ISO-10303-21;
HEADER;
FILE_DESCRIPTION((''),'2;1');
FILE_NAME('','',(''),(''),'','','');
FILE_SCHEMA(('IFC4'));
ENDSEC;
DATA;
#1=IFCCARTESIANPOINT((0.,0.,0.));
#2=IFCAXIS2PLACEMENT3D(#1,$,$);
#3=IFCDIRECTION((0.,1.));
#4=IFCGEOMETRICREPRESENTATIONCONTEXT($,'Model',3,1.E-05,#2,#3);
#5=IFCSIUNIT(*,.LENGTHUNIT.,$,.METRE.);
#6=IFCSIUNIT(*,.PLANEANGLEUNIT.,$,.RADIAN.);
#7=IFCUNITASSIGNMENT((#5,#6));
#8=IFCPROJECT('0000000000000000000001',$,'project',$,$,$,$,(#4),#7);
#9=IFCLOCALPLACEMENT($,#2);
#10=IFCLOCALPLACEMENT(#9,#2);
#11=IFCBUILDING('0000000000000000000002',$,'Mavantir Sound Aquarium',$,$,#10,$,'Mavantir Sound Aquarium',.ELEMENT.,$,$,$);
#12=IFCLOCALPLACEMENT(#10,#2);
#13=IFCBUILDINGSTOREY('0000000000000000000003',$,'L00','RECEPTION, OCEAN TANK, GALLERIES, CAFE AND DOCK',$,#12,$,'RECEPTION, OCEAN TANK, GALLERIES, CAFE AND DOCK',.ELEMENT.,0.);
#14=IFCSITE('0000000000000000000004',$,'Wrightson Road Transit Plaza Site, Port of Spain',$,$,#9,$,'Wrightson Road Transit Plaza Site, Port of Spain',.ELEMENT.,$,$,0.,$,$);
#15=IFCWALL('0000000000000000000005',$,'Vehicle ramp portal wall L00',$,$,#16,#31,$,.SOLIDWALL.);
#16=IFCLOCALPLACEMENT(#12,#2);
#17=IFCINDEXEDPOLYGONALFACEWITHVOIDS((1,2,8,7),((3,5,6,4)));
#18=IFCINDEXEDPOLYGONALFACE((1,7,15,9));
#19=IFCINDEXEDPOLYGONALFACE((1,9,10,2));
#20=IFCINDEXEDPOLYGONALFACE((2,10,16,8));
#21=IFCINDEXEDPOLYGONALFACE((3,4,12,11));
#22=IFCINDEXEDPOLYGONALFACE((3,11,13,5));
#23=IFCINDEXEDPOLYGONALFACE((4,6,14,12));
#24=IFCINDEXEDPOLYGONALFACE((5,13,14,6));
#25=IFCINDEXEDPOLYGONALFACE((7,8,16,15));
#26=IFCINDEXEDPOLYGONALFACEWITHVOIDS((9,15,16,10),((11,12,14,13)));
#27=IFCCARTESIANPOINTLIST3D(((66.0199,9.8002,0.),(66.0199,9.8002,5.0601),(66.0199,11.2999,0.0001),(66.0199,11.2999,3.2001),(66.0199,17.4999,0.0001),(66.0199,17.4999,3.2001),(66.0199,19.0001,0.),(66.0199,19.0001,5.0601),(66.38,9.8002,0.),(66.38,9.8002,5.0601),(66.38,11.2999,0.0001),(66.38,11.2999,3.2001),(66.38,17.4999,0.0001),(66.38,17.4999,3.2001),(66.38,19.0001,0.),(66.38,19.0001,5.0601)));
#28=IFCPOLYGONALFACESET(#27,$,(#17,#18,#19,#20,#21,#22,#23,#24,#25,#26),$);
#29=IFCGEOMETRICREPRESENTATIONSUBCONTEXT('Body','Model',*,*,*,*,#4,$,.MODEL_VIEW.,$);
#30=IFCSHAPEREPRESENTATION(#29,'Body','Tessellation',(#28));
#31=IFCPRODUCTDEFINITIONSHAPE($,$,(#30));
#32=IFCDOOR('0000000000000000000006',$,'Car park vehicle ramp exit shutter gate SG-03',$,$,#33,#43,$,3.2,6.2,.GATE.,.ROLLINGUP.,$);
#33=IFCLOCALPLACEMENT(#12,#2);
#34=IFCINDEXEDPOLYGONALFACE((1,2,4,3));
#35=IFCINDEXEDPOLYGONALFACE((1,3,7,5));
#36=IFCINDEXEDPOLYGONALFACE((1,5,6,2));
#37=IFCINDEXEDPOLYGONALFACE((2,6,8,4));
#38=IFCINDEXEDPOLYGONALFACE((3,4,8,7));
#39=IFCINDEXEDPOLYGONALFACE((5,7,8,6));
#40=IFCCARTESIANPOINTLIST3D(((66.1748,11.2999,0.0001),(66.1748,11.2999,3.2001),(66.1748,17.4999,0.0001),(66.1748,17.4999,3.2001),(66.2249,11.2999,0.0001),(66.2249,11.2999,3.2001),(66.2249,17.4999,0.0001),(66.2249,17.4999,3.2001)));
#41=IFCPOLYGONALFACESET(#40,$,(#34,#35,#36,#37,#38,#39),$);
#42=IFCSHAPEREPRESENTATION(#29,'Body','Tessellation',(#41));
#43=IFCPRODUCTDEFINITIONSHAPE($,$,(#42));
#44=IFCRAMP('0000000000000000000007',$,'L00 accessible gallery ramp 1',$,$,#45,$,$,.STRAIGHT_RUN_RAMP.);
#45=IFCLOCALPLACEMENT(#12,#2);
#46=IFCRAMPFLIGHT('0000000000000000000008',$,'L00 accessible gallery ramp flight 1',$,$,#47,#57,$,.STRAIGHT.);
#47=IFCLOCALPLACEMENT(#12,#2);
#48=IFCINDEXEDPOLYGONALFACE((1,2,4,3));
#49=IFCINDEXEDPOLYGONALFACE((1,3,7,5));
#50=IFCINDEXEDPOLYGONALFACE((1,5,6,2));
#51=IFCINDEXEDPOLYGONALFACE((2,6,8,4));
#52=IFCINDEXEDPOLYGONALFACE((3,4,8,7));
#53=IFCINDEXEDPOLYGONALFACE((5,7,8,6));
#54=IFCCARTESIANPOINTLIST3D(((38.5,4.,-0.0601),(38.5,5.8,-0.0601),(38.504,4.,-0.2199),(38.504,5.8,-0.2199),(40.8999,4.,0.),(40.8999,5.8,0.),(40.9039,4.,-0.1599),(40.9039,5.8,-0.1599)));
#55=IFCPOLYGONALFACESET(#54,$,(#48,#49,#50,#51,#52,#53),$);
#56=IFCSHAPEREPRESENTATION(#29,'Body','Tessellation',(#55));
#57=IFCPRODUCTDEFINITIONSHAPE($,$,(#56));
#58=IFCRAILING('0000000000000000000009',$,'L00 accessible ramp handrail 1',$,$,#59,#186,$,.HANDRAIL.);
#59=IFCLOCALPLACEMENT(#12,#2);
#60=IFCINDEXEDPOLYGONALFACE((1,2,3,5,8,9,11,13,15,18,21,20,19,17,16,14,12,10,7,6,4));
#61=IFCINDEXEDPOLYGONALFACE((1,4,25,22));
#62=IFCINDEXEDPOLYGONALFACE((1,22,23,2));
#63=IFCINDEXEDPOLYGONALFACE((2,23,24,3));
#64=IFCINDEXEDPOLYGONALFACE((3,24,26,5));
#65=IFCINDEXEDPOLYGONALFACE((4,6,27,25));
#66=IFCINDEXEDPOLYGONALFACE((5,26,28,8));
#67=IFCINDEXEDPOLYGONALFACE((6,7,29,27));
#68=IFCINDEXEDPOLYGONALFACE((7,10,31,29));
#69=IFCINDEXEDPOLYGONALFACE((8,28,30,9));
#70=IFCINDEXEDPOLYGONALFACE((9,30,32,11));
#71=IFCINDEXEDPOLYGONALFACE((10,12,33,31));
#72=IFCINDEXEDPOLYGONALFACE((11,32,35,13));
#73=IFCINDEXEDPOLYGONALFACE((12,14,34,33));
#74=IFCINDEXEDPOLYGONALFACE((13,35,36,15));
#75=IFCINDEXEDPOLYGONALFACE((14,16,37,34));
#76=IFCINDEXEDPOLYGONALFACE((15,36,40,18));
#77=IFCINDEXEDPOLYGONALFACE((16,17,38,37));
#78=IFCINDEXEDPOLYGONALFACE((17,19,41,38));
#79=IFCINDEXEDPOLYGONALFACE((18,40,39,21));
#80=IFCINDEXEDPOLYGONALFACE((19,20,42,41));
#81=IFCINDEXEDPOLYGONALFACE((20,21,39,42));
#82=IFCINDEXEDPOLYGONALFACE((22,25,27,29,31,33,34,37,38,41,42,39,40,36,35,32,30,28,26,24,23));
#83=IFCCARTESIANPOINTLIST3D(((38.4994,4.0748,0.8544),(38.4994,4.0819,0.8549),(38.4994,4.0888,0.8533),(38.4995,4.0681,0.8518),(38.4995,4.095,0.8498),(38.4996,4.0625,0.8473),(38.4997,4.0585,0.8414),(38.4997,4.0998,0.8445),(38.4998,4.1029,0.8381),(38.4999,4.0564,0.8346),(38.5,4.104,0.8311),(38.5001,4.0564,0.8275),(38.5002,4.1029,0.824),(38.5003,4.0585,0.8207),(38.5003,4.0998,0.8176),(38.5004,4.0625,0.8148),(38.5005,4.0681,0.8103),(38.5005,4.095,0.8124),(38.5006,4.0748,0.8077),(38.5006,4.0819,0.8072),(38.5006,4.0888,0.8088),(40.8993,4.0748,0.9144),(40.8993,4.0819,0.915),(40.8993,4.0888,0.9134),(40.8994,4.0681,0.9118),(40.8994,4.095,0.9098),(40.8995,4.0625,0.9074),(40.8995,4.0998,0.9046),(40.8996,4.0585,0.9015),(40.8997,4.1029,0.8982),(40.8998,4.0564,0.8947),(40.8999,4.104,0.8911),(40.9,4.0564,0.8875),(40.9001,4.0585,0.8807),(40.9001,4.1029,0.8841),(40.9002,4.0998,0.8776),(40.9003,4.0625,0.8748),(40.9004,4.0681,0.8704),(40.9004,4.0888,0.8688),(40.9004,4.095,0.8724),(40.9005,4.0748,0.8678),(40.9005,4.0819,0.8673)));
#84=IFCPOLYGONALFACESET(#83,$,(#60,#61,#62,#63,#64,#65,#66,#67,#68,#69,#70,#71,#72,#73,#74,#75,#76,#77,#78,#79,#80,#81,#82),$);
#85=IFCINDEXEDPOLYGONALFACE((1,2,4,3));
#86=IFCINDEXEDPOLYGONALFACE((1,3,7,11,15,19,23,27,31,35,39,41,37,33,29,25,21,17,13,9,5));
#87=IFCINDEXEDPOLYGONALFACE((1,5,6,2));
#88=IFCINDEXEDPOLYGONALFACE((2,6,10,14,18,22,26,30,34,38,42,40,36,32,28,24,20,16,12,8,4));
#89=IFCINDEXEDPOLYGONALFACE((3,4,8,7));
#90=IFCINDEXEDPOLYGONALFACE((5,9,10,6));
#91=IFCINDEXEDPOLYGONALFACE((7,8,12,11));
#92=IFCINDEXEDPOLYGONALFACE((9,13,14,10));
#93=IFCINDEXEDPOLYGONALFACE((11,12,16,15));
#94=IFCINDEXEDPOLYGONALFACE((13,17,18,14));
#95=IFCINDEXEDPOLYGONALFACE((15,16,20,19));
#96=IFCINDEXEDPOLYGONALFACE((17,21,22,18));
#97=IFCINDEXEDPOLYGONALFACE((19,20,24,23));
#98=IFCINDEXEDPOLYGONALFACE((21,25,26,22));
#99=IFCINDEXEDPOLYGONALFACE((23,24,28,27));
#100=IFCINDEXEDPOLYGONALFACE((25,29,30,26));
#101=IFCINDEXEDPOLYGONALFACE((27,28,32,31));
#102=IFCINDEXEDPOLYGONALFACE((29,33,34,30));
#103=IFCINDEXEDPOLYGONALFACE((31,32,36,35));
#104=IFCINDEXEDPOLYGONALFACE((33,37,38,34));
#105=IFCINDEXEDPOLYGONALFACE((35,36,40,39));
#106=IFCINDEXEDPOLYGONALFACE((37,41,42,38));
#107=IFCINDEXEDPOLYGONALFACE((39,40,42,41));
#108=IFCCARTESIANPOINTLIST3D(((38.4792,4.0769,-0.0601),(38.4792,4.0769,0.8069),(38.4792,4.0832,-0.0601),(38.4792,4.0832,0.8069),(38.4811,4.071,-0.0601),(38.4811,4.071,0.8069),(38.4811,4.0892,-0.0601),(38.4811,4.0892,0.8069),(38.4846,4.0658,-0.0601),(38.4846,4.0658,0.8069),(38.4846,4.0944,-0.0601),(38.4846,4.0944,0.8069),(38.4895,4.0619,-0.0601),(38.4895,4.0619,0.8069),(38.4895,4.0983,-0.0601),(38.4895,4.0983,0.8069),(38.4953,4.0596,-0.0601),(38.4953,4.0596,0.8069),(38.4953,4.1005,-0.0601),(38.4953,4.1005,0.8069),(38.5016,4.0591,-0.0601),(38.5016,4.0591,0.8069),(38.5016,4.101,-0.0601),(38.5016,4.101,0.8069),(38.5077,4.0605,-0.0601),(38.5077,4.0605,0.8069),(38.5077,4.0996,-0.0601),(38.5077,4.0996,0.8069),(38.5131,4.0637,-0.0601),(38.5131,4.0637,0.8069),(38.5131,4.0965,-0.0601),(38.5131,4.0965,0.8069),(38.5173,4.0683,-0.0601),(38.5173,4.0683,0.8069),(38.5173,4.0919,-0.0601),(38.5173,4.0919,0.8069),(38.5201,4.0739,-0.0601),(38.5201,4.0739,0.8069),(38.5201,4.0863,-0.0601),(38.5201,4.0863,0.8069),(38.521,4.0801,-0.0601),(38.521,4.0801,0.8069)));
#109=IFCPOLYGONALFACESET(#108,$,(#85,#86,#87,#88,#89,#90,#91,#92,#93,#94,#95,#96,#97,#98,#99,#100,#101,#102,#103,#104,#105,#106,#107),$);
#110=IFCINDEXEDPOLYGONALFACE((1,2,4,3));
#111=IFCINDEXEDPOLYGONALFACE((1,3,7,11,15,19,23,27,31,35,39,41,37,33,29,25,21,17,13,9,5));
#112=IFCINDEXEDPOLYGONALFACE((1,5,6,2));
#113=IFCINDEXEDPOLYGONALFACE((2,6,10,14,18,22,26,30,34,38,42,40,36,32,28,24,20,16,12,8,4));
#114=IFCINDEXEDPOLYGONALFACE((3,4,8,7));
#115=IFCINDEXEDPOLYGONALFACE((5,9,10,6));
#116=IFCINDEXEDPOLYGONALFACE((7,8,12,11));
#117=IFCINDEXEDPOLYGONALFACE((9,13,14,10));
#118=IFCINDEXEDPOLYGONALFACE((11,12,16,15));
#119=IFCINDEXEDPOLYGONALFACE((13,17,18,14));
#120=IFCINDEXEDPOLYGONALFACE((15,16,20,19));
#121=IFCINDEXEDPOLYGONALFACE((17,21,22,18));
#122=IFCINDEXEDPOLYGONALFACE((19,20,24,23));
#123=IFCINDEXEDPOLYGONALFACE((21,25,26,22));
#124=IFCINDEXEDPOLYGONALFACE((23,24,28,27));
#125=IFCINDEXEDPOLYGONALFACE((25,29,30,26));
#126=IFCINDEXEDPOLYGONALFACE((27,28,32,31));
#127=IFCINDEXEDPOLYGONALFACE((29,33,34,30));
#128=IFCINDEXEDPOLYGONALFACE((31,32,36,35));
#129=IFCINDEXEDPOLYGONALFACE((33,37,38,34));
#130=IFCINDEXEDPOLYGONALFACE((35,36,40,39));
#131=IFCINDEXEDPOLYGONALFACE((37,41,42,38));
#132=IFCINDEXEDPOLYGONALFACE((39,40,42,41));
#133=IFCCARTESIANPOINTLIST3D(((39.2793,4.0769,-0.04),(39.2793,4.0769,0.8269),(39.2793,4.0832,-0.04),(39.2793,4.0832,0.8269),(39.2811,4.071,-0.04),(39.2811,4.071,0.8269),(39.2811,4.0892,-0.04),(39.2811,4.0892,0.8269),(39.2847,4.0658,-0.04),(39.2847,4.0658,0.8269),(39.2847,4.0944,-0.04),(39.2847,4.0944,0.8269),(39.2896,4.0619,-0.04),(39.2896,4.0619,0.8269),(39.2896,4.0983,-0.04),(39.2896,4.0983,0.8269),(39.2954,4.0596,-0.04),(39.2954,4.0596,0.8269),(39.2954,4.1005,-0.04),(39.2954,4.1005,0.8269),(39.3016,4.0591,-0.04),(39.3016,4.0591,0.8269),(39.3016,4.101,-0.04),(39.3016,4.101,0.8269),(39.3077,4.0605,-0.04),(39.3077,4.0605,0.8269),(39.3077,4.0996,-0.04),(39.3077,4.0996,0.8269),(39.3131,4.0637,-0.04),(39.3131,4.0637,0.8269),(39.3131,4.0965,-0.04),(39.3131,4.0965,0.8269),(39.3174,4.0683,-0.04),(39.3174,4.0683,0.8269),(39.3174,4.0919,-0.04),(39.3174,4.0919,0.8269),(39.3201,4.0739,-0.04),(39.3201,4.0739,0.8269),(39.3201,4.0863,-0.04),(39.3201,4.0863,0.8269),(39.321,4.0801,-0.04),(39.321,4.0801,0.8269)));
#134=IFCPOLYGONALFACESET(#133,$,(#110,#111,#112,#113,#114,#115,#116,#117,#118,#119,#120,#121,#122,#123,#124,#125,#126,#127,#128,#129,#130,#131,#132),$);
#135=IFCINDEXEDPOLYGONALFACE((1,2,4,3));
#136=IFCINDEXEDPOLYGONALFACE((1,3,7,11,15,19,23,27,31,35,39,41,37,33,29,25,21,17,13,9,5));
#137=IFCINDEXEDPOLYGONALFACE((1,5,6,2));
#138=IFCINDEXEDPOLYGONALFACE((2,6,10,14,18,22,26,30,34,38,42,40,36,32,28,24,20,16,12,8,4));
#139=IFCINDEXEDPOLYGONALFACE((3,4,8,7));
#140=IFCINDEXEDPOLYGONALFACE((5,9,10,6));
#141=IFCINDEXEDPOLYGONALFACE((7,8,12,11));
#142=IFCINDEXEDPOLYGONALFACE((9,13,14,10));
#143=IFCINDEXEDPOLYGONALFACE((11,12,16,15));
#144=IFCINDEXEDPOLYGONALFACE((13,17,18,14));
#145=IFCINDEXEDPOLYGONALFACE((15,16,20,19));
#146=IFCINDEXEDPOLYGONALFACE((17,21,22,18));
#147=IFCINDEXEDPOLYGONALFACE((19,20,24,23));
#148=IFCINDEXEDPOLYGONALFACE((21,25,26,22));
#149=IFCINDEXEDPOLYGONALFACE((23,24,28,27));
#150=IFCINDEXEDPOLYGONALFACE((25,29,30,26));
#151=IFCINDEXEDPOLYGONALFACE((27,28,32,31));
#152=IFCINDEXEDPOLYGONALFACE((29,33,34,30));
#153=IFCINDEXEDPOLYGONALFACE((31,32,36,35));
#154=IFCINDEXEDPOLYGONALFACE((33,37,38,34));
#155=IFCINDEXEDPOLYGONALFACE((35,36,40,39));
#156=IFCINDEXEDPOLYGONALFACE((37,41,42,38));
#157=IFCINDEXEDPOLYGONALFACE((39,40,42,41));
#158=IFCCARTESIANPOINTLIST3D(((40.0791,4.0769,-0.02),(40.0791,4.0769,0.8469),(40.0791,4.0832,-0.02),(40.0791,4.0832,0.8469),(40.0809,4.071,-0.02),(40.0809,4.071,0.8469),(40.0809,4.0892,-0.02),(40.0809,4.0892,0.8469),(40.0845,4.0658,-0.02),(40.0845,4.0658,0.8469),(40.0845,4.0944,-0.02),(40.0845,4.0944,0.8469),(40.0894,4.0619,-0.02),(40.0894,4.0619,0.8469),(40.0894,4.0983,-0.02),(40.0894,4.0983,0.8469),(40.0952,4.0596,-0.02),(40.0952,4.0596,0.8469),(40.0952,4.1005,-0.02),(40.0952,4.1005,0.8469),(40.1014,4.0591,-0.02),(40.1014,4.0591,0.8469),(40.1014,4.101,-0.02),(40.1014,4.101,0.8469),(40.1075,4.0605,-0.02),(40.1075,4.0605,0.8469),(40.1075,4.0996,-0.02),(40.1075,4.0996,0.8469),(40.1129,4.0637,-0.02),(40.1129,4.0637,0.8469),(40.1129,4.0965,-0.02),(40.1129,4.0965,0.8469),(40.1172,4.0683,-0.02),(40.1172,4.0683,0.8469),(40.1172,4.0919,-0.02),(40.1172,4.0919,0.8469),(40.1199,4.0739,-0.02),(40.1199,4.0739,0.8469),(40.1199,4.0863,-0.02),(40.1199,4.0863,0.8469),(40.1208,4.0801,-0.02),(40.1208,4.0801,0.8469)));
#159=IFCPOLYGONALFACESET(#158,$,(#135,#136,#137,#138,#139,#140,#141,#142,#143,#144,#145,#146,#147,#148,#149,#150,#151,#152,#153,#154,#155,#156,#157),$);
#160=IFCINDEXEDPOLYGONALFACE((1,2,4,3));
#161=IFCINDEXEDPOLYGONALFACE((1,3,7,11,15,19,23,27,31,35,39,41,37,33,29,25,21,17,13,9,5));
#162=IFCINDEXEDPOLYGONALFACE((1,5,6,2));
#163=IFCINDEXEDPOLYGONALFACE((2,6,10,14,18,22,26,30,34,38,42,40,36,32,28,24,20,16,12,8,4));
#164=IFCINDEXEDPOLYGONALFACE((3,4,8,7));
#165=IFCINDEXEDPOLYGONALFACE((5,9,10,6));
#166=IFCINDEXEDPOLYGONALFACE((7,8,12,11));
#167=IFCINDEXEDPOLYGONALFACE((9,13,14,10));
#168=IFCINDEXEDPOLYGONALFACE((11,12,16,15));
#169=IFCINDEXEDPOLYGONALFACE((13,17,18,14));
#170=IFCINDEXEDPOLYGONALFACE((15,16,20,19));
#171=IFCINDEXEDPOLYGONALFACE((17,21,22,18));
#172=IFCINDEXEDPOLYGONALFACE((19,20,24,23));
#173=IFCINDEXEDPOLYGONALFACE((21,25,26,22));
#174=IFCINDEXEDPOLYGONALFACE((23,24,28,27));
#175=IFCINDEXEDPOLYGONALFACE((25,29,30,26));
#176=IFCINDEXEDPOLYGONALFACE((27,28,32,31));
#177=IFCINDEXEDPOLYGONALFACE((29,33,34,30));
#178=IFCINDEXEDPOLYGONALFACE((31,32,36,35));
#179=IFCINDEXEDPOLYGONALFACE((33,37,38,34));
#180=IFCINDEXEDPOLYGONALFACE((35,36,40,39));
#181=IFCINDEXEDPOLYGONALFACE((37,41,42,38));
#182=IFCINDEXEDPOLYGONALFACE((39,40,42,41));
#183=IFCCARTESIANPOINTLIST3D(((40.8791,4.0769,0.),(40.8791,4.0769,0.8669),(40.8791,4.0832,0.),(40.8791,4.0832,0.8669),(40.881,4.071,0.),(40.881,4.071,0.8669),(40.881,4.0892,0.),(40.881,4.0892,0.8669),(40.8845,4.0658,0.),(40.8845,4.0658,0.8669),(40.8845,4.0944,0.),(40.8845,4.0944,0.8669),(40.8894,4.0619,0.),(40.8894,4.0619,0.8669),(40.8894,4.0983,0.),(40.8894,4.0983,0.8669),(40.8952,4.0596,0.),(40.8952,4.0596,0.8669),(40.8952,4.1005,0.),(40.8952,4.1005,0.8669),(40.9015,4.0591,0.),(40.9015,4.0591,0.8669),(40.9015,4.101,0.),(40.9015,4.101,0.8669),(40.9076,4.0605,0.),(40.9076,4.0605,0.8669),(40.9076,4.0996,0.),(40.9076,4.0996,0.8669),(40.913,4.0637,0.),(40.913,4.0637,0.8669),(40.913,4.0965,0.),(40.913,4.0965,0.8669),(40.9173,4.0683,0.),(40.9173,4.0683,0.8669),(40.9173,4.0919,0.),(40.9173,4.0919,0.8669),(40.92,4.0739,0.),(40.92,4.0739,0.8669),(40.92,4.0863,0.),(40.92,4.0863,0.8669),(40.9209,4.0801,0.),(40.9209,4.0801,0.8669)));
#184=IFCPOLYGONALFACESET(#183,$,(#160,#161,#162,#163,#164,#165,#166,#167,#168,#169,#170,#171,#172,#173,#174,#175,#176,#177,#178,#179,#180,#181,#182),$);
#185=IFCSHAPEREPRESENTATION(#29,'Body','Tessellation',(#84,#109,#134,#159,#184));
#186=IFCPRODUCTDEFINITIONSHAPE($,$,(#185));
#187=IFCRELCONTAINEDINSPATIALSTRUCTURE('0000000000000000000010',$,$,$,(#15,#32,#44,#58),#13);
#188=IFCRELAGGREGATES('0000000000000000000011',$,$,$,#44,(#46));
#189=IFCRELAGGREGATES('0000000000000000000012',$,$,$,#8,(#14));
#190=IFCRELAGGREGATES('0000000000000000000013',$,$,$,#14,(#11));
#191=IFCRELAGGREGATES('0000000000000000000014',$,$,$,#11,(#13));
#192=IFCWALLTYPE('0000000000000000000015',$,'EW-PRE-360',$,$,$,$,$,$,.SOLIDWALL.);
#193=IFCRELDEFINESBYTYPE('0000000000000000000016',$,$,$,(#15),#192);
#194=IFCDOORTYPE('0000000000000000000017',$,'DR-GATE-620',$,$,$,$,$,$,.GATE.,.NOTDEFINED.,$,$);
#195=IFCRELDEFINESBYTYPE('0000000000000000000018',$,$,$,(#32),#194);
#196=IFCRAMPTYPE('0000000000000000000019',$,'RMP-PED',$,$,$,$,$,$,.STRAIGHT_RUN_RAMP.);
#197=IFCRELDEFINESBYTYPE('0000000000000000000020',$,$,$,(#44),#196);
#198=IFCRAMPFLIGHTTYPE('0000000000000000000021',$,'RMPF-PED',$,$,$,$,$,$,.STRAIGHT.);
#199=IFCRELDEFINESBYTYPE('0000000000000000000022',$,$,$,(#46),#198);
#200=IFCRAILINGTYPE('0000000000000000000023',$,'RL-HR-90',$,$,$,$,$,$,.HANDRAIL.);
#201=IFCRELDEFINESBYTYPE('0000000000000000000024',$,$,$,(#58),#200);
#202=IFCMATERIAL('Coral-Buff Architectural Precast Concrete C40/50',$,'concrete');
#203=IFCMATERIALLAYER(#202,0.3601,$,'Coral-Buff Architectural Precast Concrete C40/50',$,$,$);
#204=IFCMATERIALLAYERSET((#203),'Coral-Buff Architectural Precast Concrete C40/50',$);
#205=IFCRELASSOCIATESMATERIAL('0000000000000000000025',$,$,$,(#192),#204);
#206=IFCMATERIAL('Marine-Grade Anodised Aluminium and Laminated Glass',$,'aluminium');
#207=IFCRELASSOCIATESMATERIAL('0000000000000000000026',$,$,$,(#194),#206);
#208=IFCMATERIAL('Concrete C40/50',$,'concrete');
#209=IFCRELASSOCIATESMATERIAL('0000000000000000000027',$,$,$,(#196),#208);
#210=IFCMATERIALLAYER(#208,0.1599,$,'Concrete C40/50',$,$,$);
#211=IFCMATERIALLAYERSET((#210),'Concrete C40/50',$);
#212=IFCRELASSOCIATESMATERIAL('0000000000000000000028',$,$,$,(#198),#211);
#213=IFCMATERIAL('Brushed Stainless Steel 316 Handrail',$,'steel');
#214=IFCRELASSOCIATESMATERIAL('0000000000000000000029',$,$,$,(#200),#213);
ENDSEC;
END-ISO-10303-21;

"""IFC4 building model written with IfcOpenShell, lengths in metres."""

from ifc_helpers import new_model, si_unit, direction, frame, frame_2d, origin, origin_2d, place, context, subcontext, project, spatial, polyline, rectangle, circle, outline, extrude, material, layer, layer_set, type_object, element, fill, aggregate, save


model = new_model("IFC4")

# Units and contexts
model_context = context("Model", 3, precision=1e-05, world=origin(), true_north=direction((0.0, 1.0)))
body_context = subcontext(model_context, "Body", "Model", "MODEL_VIEW")
ifc_project = project(units=[si_unit("LENGTHUNIT", "METRE"), si_unit("PLANEANGLEUNIT", "RADIAN")], contexts=[model_context])

# Site, building, storey
site_placement = place(None, origin())
site = spatial("IfcSite", under=ifc_project, at=site_placement, Name="Wrightson Road Transit Plaza Site, Port of Spain", LongName="Wrightson Road Transit Plaza Site, Port of Spain", CompositionType="ELEMENT", RefElevation=0.0)
building_placement = place(site_placement, origin())
building = spatial("IfcBuilding", under=site, at=building_placement, Name="Mavantir Sound Aquarium", LongName="Mavantir Sound Aquarium", CompositionType="ELEMENT")
storey_placement = place(building_placement, origin())
storey = spatial("IfcBuildingStorey", under=building, at=storey_placement, Name="L00", Description="RECEPTION, OCEAN TANK, GALLERIES, CAFE AND DOCK", LongName="RECEPTION, OCEAN TANK, GALLERIES, CAFE AND DOCK", CompositionType="ELEMENT", Elevation=0.0)

# Shared definitions
ifc_material_1 = material(Name="Concrete C40/50", Category="concrete")

# Shared definitions
ifc_material_2 = material(Name="Coral-Buff Architectural Precast Concrete C40/50", Category="concrete")
ifc_material_3 = material(Name="Marine-Grade Anodised Aluminium and Laminated Glass", Category="aluminium")

# Wall, opening, door
ifc_layer_1 = layer(ifc_material_2, 0.3601, Name="Coral-Buff Architectural Precast Concrete C40/50")
ifc_layer_set_1 = layer_set([ifc_layer_1], Name="Coral-Buff Architectural Precast Concrete C40/50")
wall_type_1 = type_object("IfcWallType", Name="EW-PRE-360", PredefinedType="SOLIDWALL", material=ifc_layer_set_1)
wall_1_placement = place(storey_placement, frame((66.2, 9.8, 0.0), z_axis=(0.0, 0.0, 1.0), x_axis=(0.0, 1.0, 0.0)))
wall_1 = element("IfcWall", 1, at=wall_1_placement, inside=storey, type_object=wall_type_1, Name="Vehicle ramp portal wall L00", PredefinedType="SOLIDWALL", context=body_context, shape_type="SweptSolid", body=[
    extrude(rectangle(XDim=9.2, YDim=0.3601, at=frame_2d((4.6001, 0.0))), origin(), (0.0, 0.0, 1.0), 5.0601),
])
opening_1_placement = place(wall_1_placement, frame((7.7, 0.0, 0.0), z_axis=(0.0, 0.0, 1.0), x_axis=(-1.0, 0.0, 0.0)))
opening_1 = element("IfcOpeningElement", 2, at=opening_1_placement, cuts=wall_1, PredefinedType="OPENING", context=body_context, shape_type="SweptSolid", body=[
    extrude(rectangle(XDim=6.2, YDim=3.2, at=frame_2d((3.1001, 1.6001))), frame((0.0, 0.1899, 0.0), z_axis=(0.0, -1.0, 0.0), x_axis=(1.0, 0.0, 0.0)), (0.0, 0.0, 1.0), 0.3801),
])
door_type_1 = type_object("IfcDoorType", Name="DR-GATE-620", OperationType="NOTDEFINED", PredefinedType="GATE", material=ifc_material_3)
door_1_placement = place(opening_1_placement, origin())
door_1 = element("IfcDoor", 3, at=door_1_placement, inside=storey, type_object=door_type_1, Name="Car park vehicle ramp exit shutter gate SG-03", OperationType="ROLLINGUP", OverallHeight=3.2, OverallWidth=6.2, PredefinedType="GATE", context=body_context, shape_type="SweptSolid", body=[
    extrude(rectangle(XDim=6.2, YDim=3.2, at=frame_2d((3.1001, 1.6001))), frame((0.0, 0.0249, 0.0), z_axis=(0.0, -1.0, 0.0), x_axis=(1.0, 0.0, 0.0)), (0.0, 0.0, 1.0), 0.05),
])
fill(opening_1, door_1)

# Ramp, ramp flight
ramp_type = type_object("IfcRampType", Name="RMP-PED", PredefinedType="STRAIGHT_RUN_RAMP", material=ifc_material_1)
ramp_placement = place(storey_placement, origin())
ramp = element("IfcRamp", 4, at=ramp_placement, inside=storey, type_object=ramp_type, Name="L00 accessible gallery ramp 1", PredefinedType="STRAIGHT_RUN_RAMP")
ifc_layer_2 = layer(ifc_material_1, 0.1599, Name="Concrete C40/50")
ifc_layer_set_2 = layer_set([ifc_layer_2], Name="Concrete C40/50")
ramp_flight_type = type_object("IfcRampFlightType", Name="RMPF-PED", PredefinedType="STRAIGHT", material=ifc_layer_set_2)
ramp_flight_placement = place(storey_placement, frame((38.5, 4.0, -0.0601), z_axis=(-0.025018, 0.0, 0.999687), x_axis=(0.999687, 0.0, 0.025018)))
ramp_flight = element("IfcRampFlight", 5, at=ramp_flight_placement, type_object=ramp_flight_type, Name="L00 accessible gallery ramp flight 1", PredefinedType="STRAIGHT", context=body_context, shape_type="SweptSolid", body=[
    extrude(outline(polyline([(0.0, 0.0), (2.4007, 0.0), (2.4007, 1.8), (0.0, 1.8), (0.0, 0.0)])), origin(), (0.0, 0.0, -1.0), 0.1599),
])
aggregate(ramp, [ramp_flight])

# Railing
ifc_material_4 = material(Name="Brushed Stainless Steel 316 Handrail", Category="steel")
railing_type_1 = type_object("IfcRailingType", Name="RL-HR-90", PredefinedType="HANDRAIL", material=ifc_material_4)
railing_1_placement = place(storey_placement, frame((38.5, 4.0801, -0.0601)))
element("IfcRailing", 6, at=railing_1_placement, inside=storey, type_object=railing_type_1, Name="L00 accessible ramp handrail 1", PredefinedType="HANDRAIL", context=body_context, shape_type="SweptSolid", body=[
    extrude(circle(Radius=0.0239, at=origin_2d()), frame((0.0, 0.0, 0.8911), z_axis=(0.999687, 0.0, 0.025018), x_axis=(0.0, 1.0, 0.0)), (0.0, 0.0, 1.0), 2.4006),
    extrude(circle(Radius=0.021, at=origin_2d()), origin(), (0.0, 0.0, 1.0), 0.8669),
    extrude(circle(Radius=0.021, at=origin_2d()), frame((0.8, 0.0, 0.02)), (0.0, 0.0, 1.0), 0.8669),
    extrude(circle(Radius=0.021, at=origin_2d()), frame((1.5999, 0.0, 0.04)), (0.0, 0.0, 1.0), 0.8669),
    extrude(circle(Radius=0.021, at=origin_2d()), frame((2.3999, 0.0, 0.0601)), (0.0, 0.0, 1.0), 0.8669),
])

save(model, "model.ifc")
